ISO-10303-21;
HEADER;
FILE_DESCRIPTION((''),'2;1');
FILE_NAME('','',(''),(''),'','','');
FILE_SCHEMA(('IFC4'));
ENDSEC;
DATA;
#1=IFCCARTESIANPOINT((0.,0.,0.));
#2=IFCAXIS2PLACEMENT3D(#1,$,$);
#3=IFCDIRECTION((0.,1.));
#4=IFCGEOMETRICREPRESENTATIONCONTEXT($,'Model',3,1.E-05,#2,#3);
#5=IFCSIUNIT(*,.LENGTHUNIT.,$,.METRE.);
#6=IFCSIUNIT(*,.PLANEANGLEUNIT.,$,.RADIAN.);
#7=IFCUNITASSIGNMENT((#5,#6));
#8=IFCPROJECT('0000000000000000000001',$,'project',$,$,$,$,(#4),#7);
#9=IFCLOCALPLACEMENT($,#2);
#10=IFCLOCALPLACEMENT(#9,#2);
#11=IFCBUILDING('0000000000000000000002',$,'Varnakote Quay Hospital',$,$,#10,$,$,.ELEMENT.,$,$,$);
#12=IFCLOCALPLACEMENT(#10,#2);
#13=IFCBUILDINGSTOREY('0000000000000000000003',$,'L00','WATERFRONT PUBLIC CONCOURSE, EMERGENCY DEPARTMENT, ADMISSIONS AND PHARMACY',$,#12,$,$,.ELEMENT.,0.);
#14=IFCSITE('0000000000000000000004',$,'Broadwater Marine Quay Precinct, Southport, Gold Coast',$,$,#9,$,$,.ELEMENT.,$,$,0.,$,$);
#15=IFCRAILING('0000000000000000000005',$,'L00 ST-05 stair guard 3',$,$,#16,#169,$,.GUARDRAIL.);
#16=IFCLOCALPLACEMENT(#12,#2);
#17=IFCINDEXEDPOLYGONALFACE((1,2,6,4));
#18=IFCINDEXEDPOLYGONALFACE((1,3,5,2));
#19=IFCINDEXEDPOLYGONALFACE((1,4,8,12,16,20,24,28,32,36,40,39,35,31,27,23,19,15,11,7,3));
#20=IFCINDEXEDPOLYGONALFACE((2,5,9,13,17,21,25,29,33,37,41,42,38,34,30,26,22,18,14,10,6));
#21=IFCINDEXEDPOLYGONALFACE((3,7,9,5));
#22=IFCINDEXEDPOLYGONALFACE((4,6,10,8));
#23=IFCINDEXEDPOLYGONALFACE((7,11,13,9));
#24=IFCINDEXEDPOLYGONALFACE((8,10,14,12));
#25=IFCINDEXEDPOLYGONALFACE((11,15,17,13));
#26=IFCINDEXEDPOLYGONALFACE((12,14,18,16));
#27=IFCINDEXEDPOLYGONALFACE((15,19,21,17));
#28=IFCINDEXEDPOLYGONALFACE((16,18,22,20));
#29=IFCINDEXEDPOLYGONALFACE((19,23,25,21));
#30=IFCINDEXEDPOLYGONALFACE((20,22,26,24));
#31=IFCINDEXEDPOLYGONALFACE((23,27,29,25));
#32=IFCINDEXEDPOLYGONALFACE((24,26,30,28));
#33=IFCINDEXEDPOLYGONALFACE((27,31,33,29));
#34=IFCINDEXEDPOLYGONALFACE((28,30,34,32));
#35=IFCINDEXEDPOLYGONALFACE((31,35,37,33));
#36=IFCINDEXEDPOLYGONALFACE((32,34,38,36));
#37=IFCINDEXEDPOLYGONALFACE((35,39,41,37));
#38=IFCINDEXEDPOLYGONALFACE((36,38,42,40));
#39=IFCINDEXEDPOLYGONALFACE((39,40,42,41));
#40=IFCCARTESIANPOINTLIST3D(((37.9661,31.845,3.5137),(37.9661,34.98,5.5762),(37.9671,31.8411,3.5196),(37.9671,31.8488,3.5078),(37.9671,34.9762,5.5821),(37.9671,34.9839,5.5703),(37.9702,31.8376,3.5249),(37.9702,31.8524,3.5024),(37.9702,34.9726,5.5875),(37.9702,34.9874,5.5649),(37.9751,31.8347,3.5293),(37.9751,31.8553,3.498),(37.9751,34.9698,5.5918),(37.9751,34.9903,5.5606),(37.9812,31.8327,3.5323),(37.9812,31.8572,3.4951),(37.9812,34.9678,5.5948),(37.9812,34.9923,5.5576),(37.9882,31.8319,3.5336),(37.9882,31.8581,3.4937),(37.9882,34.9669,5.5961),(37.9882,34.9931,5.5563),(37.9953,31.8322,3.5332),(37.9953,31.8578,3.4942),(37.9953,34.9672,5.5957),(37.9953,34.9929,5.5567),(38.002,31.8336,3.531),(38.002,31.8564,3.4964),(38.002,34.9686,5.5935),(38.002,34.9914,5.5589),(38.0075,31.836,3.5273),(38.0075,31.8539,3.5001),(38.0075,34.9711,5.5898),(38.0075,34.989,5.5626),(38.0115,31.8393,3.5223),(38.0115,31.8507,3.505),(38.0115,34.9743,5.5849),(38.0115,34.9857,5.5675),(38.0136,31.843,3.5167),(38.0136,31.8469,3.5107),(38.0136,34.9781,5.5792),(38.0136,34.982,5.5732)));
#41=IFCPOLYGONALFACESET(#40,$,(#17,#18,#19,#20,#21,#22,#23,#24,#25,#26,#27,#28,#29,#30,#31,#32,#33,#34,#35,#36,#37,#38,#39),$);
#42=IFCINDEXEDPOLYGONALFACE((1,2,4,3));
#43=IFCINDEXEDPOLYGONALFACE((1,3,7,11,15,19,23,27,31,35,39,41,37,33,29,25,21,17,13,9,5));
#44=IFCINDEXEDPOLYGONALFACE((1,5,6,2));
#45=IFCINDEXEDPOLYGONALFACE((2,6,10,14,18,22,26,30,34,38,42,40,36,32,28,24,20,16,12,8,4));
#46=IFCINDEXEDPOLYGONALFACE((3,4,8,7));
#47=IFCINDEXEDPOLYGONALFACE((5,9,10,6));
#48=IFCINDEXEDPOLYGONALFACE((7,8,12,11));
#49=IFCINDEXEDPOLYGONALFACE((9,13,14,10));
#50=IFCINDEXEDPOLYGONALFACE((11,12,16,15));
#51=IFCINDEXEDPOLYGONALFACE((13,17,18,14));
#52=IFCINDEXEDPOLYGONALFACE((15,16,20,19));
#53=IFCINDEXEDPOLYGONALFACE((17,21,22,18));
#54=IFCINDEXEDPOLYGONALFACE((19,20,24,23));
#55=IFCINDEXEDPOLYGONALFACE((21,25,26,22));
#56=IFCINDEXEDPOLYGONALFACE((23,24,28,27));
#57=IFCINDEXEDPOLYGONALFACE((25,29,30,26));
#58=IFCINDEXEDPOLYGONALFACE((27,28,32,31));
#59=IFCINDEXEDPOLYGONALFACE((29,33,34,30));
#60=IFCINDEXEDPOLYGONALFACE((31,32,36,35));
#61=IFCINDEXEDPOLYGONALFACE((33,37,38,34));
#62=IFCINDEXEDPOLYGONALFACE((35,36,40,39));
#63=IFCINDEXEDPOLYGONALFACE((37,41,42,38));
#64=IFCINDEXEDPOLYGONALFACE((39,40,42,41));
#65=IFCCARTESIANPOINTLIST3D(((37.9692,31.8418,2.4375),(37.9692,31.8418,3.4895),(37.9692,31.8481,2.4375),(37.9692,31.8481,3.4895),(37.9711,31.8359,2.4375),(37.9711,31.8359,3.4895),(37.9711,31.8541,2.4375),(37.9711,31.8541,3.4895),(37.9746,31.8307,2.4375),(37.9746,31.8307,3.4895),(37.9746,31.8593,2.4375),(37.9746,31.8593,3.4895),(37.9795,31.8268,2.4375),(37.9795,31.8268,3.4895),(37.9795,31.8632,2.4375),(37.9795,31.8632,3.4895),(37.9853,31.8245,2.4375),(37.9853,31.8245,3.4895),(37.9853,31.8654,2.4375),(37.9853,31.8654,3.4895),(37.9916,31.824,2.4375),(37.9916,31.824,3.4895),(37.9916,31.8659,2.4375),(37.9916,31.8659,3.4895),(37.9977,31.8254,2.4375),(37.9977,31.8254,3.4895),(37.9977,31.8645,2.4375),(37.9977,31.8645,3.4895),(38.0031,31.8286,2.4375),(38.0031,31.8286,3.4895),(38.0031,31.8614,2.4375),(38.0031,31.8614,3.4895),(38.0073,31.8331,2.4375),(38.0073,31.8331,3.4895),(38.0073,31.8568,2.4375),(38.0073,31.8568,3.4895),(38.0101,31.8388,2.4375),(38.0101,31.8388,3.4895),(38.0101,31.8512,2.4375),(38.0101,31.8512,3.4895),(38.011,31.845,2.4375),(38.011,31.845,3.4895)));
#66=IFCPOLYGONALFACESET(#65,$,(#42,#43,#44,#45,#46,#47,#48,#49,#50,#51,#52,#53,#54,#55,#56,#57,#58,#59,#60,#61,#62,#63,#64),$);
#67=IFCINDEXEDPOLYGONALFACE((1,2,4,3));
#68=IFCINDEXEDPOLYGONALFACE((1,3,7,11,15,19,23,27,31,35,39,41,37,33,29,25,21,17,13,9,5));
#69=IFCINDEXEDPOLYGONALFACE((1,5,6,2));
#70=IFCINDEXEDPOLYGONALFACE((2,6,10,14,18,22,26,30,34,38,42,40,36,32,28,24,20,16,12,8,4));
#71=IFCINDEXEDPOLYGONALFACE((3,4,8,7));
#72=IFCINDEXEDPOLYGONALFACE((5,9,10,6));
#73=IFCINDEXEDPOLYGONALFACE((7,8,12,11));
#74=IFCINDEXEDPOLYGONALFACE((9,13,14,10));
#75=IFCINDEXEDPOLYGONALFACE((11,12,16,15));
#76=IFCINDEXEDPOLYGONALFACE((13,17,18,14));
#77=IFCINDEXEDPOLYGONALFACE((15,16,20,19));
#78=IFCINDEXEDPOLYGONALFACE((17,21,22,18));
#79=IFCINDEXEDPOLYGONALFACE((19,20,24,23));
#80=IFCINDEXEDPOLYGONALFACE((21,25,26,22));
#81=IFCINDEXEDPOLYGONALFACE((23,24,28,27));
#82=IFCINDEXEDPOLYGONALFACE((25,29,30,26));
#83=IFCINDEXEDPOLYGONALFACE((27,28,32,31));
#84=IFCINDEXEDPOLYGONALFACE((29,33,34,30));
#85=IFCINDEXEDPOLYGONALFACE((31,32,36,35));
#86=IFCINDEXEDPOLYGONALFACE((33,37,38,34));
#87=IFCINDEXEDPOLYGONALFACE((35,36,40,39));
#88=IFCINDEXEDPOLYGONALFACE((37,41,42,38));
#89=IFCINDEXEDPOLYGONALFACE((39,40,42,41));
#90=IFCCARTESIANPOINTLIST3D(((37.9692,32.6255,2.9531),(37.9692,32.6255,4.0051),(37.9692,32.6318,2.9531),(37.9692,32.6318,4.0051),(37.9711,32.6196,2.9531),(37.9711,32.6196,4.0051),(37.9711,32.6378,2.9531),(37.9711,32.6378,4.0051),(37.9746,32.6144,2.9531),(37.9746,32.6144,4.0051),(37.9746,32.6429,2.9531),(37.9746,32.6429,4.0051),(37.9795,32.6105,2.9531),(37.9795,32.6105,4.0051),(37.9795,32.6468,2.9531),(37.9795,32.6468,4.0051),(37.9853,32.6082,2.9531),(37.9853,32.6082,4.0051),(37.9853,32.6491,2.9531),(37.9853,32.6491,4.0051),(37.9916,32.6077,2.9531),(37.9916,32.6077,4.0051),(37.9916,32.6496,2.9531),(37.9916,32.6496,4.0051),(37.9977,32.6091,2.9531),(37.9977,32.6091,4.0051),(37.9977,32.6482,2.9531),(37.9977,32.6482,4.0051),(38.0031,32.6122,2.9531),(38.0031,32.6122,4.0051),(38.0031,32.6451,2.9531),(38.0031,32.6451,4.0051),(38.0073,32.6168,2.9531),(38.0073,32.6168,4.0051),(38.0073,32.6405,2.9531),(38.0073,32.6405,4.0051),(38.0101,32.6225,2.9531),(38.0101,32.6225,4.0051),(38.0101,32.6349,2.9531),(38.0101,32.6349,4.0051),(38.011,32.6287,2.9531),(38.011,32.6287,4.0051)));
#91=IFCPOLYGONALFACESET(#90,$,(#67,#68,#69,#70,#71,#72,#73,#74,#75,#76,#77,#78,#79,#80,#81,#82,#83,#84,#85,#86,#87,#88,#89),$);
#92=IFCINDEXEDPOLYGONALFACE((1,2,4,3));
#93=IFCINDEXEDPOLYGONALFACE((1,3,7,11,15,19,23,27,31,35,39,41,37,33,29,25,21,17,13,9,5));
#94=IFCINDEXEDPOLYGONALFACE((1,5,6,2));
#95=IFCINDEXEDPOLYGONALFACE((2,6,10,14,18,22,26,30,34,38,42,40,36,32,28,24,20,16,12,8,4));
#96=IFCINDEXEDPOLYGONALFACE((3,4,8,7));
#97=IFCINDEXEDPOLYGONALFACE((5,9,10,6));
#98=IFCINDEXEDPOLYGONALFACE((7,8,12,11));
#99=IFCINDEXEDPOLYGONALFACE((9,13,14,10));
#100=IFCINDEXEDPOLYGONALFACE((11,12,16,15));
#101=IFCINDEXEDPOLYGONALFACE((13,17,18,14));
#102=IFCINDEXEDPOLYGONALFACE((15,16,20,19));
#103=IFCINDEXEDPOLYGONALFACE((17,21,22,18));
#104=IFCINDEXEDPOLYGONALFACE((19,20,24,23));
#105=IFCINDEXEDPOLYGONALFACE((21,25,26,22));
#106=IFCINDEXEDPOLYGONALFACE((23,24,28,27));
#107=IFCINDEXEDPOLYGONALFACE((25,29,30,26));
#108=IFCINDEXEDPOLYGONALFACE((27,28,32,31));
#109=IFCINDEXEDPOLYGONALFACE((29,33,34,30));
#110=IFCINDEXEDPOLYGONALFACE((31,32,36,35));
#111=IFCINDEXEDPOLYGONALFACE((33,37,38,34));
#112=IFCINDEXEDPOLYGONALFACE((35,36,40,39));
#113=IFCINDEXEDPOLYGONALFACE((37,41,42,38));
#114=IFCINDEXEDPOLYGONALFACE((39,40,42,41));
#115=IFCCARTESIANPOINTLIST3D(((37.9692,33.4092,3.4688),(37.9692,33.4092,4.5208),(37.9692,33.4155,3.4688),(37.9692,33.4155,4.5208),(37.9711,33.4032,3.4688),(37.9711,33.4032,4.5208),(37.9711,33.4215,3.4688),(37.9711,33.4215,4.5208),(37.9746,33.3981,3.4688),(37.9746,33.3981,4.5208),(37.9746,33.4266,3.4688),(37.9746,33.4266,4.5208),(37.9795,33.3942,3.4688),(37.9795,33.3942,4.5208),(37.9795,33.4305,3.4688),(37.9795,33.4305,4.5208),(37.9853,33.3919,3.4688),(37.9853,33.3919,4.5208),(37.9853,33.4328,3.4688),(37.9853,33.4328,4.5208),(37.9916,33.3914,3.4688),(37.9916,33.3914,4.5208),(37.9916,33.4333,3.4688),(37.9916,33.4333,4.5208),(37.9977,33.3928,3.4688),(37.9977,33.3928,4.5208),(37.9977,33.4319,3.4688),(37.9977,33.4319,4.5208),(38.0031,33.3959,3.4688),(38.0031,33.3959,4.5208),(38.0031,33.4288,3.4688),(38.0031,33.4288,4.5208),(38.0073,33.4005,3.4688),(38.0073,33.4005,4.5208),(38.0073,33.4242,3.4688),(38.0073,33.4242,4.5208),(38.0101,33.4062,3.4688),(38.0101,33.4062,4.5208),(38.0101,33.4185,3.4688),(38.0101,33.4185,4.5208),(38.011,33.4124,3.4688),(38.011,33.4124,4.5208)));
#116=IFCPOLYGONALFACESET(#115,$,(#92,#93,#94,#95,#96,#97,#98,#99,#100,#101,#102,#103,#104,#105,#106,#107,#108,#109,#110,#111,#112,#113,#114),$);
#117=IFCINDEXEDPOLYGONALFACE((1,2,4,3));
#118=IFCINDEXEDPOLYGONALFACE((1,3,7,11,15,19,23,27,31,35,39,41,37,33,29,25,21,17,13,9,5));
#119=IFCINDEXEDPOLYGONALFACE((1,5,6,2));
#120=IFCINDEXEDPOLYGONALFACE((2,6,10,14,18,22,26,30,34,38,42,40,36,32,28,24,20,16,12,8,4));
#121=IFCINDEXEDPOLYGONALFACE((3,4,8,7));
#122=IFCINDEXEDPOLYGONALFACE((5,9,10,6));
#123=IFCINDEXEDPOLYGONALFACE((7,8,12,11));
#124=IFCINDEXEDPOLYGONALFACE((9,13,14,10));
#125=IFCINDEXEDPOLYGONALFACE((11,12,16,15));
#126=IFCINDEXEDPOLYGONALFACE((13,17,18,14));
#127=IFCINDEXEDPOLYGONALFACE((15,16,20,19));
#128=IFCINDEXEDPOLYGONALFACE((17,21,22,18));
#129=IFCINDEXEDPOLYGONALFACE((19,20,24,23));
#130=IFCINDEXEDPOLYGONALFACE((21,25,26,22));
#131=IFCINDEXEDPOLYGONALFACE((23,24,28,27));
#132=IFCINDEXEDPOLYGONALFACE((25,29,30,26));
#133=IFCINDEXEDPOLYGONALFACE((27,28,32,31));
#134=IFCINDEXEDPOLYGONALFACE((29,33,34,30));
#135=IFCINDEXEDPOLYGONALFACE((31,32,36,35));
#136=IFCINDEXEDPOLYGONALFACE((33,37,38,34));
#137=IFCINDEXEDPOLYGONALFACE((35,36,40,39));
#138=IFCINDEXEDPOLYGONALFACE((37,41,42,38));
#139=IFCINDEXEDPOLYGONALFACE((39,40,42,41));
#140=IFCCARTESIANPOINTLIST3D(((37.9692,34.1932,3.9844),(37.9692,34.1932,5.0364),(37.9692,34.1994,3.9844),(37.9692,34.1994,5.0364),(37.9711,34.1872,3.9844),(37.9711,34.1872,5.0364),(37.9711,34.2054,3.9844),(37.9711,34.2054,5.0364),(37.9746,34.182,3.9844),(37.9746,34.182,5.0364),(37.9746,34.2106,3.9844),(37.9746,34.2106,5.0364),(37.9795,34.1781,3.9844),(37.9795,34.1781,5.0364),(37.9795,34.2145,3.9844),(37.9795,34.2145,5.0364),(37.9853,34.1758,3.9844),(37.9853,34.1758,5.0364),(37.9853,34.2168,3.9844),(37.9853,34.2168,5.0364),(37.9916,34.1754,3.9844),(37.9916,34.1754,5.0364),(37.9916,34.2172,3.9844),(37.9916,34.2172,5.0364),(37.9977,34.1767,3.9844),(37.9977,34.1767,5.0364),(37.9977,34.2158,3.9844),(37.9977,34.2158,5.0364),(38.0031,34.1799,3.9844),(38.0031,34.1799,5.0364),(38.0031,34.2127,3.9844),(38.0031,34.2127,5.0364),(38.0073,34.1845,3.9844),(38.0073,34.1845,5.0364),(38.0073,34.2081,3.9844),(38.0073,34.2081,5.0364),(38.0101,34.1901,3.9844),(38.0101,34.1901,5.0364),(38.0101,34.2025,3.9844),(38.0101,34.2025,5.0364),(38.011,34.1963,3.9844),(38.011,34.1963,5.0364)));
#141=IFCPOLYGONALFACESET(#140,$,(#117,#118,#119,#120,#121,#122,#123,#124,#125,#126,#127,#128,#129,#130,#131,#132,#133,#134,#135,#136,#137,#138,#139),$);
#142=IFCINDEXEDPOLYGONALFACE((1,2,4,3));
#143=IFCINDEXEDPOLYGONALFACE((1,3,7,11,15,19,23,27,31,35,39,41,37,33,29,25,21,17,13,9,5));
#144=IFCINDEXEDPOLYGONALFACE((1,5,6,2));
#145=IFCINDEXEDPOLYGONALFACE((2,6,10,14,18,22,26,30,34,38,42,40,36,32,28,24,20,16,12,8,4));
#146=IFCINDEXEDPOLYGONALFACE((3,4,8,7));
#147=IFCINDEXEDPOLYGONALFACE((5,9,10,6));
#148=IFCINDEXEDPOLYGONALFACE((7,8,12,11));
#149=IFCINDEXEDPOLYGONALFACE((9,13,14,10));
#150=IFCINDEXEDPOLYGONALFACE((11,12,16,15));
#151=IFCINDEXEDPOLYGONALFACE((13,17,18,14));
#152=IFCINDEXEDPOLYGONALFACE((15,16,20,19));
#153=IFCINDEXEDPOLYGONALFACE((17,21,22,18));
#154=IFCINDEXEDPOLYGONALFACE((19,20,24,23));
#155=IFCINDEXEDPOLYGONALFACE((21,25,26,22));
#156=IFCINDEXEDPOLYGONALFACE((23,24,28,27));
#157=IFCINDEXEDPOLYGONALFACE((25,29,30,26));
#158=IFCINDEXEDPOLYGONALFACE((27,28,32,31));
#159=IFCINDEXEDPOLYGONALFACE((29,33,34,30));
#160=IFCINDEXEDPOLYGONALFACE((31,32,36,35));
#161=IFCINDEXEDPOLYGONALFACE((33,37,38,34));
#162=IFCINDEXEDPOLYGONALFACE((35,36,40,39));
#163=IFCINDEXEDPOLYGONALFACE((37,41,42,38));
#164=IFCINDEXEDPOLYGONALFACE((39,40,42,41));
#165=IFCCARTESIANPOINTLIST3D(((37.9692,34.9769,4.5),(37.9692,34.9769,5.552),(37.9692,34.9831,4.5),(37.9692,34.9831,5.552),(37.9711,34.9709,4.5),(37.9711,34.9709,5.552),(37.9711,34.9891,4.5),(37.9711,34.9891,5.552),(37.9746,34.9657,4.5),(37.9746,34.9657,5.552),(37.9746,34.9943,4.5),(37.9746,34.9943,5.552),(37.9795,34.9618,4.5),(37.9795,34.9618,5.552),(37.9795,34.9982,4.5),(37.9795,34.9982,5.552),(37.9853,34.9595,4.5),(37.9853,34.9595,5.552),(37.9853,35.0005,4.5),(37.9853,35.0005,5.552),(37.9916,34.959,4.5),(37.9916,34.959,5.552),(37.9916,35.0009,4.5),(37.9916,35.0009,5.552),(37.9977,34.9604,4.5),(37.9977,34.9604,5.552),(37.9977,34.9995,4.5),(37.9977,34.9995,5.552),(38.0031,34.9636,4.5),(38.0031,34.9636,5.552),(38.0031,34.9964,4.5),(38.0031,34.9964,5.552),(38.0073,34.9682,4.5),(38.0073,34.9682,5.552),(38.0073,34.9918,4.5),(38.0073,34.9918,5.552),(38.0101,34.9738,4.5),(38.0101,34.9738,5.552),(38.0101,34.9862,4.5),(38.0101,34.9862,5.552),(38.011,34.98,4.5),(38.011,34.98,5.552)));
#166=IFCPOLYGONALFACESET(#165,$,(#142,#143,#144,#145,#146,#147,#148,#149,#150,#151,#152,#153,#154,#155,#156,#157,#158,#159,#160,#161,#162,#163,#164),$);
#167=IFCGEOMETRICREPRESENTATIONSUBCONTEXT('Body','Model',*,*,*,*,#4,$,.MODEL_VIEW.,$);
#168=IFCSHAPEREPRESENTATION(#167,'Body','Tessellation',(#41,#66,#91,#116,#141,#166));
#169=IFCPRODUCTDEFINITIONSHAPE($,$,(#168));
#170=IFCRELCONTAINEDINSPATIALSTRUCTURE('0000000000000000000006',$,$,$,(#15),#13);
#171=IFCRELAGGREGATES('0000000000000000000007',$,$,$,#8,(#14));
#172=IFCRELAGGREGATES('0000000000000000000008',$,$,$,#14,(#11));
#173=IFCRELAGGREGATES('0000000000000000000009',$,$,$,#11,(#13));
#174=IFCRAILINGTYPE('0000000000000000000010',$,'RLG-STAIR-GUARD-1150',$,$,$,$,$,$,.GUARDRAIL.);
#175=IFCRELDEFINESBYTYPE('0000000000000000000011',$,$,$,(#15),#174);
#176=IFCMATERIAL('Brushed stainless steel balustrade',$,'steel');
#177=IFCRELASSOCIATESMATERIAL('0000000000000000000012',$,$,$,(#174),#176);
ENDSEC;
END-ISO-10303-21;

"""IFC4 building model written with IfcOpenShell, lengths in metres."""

from ifc_helpers import new_model, si_unit, direction, frame, origin, origin_2d, place, context, subcontext, project, spatial, circle, extrude, material, type_object, element, save


model = new_model("IFC4")

# Units and contexts
model_context = context("Model", 3, precision=1e-05, world=origin(), true_north=direction((0.0, 1.0)))
body_context = subcontext(model_context, "Body", "Model", "MODEL_VIEW")
ifc_project = project(units=[si_unit("LENGTHUNIT", "METRE"), si_unit("PLANEANGLEUNIT", "RADIAN")], contexts=[model_context])

# Site, building, storey
site_placement = place(None, origin())
site = spatial("IfcSite", under=ifc_project, at=site_placement, Name="Broadwater Marine Quay Precinct, Southport, Gold Coast", CompositionType="ELEMENT", RefElevation=0.0)
building_placement = place(site_placement, origin())
building = spatial("IfcBuilding", under=site, at=building_placement, Name="Varnakote Quay Hospital", CompositionType="ELEMENT")
storey_placement = place(building_placement, origin())
storey = spatial("IfcBuildingStorey", under=building, at=storey_placement, Name="L00", Description="WATERFRONT PUBLIC CONCOURSE, EMERGENCY DEPARTMENT, ADMISSIONS AND PHARMACY", CompositionType="ELEMENT", Elevation=0.0)

# Railing
ifc_material_1 = material(Name="Brushed stainless steel balustrade", Category="steel")
railing_type_1 = type_object("IfcRailingType", Name="RLG-STAIR-GUARD-1150", PredefinedType="GUARDRAIL", material=ifc_material_1)
railing_1_placement = place(storey_placement, frame((37.99, 31.845, 2.4375)))
element("IfcRailing", 1, at=railing_1_placement, inside=storey, type_object=railing_type_1, Name="L00 ST-05 stair guard 3", PredefinedType="GUARDRAIL", context=body_context, shape_type="SweptSolid", body=[
    extrude(circle(Radius=0.0239, at=origin_2d()), frame((0.0, 0.0, 1.0762), z_axis=(0.0, 0.835418, 0.549615), x_axis=(-1.0, 0.0, 0.0)), (0.0, 0.0, 1.0), 3.7527),
    extrude(circle(Radius=0.021, at=origin_2d()), origin(), (0.0, 0.0, 1.0), 1.052),
    extrude(circle(Radius=0.021, at=origin_2d()), frame((0.0, 0.7837, 0.5156)), (0.0, 0.0, 1.0), 1.052),
    extrude(circle(Radius=0.021, at=origin_2d()), frame((0.0, 1.5674, 1.0312)), (0.0, 0.0, 1.0), 1.052),
    extrude(circle(Radius=0.021, at=origin_2d()), frame((0.0, 2.3513, 1.5469)), (0.0, 0.0, 1.0), 1.052),
    extrude(circle(Radius=0.021, at=origin_2d()), frame((0.0, 3.135, 2.0625)), (0.0, 0.0, 1.0), 1.052),
])

save(model, "model.ifc")
